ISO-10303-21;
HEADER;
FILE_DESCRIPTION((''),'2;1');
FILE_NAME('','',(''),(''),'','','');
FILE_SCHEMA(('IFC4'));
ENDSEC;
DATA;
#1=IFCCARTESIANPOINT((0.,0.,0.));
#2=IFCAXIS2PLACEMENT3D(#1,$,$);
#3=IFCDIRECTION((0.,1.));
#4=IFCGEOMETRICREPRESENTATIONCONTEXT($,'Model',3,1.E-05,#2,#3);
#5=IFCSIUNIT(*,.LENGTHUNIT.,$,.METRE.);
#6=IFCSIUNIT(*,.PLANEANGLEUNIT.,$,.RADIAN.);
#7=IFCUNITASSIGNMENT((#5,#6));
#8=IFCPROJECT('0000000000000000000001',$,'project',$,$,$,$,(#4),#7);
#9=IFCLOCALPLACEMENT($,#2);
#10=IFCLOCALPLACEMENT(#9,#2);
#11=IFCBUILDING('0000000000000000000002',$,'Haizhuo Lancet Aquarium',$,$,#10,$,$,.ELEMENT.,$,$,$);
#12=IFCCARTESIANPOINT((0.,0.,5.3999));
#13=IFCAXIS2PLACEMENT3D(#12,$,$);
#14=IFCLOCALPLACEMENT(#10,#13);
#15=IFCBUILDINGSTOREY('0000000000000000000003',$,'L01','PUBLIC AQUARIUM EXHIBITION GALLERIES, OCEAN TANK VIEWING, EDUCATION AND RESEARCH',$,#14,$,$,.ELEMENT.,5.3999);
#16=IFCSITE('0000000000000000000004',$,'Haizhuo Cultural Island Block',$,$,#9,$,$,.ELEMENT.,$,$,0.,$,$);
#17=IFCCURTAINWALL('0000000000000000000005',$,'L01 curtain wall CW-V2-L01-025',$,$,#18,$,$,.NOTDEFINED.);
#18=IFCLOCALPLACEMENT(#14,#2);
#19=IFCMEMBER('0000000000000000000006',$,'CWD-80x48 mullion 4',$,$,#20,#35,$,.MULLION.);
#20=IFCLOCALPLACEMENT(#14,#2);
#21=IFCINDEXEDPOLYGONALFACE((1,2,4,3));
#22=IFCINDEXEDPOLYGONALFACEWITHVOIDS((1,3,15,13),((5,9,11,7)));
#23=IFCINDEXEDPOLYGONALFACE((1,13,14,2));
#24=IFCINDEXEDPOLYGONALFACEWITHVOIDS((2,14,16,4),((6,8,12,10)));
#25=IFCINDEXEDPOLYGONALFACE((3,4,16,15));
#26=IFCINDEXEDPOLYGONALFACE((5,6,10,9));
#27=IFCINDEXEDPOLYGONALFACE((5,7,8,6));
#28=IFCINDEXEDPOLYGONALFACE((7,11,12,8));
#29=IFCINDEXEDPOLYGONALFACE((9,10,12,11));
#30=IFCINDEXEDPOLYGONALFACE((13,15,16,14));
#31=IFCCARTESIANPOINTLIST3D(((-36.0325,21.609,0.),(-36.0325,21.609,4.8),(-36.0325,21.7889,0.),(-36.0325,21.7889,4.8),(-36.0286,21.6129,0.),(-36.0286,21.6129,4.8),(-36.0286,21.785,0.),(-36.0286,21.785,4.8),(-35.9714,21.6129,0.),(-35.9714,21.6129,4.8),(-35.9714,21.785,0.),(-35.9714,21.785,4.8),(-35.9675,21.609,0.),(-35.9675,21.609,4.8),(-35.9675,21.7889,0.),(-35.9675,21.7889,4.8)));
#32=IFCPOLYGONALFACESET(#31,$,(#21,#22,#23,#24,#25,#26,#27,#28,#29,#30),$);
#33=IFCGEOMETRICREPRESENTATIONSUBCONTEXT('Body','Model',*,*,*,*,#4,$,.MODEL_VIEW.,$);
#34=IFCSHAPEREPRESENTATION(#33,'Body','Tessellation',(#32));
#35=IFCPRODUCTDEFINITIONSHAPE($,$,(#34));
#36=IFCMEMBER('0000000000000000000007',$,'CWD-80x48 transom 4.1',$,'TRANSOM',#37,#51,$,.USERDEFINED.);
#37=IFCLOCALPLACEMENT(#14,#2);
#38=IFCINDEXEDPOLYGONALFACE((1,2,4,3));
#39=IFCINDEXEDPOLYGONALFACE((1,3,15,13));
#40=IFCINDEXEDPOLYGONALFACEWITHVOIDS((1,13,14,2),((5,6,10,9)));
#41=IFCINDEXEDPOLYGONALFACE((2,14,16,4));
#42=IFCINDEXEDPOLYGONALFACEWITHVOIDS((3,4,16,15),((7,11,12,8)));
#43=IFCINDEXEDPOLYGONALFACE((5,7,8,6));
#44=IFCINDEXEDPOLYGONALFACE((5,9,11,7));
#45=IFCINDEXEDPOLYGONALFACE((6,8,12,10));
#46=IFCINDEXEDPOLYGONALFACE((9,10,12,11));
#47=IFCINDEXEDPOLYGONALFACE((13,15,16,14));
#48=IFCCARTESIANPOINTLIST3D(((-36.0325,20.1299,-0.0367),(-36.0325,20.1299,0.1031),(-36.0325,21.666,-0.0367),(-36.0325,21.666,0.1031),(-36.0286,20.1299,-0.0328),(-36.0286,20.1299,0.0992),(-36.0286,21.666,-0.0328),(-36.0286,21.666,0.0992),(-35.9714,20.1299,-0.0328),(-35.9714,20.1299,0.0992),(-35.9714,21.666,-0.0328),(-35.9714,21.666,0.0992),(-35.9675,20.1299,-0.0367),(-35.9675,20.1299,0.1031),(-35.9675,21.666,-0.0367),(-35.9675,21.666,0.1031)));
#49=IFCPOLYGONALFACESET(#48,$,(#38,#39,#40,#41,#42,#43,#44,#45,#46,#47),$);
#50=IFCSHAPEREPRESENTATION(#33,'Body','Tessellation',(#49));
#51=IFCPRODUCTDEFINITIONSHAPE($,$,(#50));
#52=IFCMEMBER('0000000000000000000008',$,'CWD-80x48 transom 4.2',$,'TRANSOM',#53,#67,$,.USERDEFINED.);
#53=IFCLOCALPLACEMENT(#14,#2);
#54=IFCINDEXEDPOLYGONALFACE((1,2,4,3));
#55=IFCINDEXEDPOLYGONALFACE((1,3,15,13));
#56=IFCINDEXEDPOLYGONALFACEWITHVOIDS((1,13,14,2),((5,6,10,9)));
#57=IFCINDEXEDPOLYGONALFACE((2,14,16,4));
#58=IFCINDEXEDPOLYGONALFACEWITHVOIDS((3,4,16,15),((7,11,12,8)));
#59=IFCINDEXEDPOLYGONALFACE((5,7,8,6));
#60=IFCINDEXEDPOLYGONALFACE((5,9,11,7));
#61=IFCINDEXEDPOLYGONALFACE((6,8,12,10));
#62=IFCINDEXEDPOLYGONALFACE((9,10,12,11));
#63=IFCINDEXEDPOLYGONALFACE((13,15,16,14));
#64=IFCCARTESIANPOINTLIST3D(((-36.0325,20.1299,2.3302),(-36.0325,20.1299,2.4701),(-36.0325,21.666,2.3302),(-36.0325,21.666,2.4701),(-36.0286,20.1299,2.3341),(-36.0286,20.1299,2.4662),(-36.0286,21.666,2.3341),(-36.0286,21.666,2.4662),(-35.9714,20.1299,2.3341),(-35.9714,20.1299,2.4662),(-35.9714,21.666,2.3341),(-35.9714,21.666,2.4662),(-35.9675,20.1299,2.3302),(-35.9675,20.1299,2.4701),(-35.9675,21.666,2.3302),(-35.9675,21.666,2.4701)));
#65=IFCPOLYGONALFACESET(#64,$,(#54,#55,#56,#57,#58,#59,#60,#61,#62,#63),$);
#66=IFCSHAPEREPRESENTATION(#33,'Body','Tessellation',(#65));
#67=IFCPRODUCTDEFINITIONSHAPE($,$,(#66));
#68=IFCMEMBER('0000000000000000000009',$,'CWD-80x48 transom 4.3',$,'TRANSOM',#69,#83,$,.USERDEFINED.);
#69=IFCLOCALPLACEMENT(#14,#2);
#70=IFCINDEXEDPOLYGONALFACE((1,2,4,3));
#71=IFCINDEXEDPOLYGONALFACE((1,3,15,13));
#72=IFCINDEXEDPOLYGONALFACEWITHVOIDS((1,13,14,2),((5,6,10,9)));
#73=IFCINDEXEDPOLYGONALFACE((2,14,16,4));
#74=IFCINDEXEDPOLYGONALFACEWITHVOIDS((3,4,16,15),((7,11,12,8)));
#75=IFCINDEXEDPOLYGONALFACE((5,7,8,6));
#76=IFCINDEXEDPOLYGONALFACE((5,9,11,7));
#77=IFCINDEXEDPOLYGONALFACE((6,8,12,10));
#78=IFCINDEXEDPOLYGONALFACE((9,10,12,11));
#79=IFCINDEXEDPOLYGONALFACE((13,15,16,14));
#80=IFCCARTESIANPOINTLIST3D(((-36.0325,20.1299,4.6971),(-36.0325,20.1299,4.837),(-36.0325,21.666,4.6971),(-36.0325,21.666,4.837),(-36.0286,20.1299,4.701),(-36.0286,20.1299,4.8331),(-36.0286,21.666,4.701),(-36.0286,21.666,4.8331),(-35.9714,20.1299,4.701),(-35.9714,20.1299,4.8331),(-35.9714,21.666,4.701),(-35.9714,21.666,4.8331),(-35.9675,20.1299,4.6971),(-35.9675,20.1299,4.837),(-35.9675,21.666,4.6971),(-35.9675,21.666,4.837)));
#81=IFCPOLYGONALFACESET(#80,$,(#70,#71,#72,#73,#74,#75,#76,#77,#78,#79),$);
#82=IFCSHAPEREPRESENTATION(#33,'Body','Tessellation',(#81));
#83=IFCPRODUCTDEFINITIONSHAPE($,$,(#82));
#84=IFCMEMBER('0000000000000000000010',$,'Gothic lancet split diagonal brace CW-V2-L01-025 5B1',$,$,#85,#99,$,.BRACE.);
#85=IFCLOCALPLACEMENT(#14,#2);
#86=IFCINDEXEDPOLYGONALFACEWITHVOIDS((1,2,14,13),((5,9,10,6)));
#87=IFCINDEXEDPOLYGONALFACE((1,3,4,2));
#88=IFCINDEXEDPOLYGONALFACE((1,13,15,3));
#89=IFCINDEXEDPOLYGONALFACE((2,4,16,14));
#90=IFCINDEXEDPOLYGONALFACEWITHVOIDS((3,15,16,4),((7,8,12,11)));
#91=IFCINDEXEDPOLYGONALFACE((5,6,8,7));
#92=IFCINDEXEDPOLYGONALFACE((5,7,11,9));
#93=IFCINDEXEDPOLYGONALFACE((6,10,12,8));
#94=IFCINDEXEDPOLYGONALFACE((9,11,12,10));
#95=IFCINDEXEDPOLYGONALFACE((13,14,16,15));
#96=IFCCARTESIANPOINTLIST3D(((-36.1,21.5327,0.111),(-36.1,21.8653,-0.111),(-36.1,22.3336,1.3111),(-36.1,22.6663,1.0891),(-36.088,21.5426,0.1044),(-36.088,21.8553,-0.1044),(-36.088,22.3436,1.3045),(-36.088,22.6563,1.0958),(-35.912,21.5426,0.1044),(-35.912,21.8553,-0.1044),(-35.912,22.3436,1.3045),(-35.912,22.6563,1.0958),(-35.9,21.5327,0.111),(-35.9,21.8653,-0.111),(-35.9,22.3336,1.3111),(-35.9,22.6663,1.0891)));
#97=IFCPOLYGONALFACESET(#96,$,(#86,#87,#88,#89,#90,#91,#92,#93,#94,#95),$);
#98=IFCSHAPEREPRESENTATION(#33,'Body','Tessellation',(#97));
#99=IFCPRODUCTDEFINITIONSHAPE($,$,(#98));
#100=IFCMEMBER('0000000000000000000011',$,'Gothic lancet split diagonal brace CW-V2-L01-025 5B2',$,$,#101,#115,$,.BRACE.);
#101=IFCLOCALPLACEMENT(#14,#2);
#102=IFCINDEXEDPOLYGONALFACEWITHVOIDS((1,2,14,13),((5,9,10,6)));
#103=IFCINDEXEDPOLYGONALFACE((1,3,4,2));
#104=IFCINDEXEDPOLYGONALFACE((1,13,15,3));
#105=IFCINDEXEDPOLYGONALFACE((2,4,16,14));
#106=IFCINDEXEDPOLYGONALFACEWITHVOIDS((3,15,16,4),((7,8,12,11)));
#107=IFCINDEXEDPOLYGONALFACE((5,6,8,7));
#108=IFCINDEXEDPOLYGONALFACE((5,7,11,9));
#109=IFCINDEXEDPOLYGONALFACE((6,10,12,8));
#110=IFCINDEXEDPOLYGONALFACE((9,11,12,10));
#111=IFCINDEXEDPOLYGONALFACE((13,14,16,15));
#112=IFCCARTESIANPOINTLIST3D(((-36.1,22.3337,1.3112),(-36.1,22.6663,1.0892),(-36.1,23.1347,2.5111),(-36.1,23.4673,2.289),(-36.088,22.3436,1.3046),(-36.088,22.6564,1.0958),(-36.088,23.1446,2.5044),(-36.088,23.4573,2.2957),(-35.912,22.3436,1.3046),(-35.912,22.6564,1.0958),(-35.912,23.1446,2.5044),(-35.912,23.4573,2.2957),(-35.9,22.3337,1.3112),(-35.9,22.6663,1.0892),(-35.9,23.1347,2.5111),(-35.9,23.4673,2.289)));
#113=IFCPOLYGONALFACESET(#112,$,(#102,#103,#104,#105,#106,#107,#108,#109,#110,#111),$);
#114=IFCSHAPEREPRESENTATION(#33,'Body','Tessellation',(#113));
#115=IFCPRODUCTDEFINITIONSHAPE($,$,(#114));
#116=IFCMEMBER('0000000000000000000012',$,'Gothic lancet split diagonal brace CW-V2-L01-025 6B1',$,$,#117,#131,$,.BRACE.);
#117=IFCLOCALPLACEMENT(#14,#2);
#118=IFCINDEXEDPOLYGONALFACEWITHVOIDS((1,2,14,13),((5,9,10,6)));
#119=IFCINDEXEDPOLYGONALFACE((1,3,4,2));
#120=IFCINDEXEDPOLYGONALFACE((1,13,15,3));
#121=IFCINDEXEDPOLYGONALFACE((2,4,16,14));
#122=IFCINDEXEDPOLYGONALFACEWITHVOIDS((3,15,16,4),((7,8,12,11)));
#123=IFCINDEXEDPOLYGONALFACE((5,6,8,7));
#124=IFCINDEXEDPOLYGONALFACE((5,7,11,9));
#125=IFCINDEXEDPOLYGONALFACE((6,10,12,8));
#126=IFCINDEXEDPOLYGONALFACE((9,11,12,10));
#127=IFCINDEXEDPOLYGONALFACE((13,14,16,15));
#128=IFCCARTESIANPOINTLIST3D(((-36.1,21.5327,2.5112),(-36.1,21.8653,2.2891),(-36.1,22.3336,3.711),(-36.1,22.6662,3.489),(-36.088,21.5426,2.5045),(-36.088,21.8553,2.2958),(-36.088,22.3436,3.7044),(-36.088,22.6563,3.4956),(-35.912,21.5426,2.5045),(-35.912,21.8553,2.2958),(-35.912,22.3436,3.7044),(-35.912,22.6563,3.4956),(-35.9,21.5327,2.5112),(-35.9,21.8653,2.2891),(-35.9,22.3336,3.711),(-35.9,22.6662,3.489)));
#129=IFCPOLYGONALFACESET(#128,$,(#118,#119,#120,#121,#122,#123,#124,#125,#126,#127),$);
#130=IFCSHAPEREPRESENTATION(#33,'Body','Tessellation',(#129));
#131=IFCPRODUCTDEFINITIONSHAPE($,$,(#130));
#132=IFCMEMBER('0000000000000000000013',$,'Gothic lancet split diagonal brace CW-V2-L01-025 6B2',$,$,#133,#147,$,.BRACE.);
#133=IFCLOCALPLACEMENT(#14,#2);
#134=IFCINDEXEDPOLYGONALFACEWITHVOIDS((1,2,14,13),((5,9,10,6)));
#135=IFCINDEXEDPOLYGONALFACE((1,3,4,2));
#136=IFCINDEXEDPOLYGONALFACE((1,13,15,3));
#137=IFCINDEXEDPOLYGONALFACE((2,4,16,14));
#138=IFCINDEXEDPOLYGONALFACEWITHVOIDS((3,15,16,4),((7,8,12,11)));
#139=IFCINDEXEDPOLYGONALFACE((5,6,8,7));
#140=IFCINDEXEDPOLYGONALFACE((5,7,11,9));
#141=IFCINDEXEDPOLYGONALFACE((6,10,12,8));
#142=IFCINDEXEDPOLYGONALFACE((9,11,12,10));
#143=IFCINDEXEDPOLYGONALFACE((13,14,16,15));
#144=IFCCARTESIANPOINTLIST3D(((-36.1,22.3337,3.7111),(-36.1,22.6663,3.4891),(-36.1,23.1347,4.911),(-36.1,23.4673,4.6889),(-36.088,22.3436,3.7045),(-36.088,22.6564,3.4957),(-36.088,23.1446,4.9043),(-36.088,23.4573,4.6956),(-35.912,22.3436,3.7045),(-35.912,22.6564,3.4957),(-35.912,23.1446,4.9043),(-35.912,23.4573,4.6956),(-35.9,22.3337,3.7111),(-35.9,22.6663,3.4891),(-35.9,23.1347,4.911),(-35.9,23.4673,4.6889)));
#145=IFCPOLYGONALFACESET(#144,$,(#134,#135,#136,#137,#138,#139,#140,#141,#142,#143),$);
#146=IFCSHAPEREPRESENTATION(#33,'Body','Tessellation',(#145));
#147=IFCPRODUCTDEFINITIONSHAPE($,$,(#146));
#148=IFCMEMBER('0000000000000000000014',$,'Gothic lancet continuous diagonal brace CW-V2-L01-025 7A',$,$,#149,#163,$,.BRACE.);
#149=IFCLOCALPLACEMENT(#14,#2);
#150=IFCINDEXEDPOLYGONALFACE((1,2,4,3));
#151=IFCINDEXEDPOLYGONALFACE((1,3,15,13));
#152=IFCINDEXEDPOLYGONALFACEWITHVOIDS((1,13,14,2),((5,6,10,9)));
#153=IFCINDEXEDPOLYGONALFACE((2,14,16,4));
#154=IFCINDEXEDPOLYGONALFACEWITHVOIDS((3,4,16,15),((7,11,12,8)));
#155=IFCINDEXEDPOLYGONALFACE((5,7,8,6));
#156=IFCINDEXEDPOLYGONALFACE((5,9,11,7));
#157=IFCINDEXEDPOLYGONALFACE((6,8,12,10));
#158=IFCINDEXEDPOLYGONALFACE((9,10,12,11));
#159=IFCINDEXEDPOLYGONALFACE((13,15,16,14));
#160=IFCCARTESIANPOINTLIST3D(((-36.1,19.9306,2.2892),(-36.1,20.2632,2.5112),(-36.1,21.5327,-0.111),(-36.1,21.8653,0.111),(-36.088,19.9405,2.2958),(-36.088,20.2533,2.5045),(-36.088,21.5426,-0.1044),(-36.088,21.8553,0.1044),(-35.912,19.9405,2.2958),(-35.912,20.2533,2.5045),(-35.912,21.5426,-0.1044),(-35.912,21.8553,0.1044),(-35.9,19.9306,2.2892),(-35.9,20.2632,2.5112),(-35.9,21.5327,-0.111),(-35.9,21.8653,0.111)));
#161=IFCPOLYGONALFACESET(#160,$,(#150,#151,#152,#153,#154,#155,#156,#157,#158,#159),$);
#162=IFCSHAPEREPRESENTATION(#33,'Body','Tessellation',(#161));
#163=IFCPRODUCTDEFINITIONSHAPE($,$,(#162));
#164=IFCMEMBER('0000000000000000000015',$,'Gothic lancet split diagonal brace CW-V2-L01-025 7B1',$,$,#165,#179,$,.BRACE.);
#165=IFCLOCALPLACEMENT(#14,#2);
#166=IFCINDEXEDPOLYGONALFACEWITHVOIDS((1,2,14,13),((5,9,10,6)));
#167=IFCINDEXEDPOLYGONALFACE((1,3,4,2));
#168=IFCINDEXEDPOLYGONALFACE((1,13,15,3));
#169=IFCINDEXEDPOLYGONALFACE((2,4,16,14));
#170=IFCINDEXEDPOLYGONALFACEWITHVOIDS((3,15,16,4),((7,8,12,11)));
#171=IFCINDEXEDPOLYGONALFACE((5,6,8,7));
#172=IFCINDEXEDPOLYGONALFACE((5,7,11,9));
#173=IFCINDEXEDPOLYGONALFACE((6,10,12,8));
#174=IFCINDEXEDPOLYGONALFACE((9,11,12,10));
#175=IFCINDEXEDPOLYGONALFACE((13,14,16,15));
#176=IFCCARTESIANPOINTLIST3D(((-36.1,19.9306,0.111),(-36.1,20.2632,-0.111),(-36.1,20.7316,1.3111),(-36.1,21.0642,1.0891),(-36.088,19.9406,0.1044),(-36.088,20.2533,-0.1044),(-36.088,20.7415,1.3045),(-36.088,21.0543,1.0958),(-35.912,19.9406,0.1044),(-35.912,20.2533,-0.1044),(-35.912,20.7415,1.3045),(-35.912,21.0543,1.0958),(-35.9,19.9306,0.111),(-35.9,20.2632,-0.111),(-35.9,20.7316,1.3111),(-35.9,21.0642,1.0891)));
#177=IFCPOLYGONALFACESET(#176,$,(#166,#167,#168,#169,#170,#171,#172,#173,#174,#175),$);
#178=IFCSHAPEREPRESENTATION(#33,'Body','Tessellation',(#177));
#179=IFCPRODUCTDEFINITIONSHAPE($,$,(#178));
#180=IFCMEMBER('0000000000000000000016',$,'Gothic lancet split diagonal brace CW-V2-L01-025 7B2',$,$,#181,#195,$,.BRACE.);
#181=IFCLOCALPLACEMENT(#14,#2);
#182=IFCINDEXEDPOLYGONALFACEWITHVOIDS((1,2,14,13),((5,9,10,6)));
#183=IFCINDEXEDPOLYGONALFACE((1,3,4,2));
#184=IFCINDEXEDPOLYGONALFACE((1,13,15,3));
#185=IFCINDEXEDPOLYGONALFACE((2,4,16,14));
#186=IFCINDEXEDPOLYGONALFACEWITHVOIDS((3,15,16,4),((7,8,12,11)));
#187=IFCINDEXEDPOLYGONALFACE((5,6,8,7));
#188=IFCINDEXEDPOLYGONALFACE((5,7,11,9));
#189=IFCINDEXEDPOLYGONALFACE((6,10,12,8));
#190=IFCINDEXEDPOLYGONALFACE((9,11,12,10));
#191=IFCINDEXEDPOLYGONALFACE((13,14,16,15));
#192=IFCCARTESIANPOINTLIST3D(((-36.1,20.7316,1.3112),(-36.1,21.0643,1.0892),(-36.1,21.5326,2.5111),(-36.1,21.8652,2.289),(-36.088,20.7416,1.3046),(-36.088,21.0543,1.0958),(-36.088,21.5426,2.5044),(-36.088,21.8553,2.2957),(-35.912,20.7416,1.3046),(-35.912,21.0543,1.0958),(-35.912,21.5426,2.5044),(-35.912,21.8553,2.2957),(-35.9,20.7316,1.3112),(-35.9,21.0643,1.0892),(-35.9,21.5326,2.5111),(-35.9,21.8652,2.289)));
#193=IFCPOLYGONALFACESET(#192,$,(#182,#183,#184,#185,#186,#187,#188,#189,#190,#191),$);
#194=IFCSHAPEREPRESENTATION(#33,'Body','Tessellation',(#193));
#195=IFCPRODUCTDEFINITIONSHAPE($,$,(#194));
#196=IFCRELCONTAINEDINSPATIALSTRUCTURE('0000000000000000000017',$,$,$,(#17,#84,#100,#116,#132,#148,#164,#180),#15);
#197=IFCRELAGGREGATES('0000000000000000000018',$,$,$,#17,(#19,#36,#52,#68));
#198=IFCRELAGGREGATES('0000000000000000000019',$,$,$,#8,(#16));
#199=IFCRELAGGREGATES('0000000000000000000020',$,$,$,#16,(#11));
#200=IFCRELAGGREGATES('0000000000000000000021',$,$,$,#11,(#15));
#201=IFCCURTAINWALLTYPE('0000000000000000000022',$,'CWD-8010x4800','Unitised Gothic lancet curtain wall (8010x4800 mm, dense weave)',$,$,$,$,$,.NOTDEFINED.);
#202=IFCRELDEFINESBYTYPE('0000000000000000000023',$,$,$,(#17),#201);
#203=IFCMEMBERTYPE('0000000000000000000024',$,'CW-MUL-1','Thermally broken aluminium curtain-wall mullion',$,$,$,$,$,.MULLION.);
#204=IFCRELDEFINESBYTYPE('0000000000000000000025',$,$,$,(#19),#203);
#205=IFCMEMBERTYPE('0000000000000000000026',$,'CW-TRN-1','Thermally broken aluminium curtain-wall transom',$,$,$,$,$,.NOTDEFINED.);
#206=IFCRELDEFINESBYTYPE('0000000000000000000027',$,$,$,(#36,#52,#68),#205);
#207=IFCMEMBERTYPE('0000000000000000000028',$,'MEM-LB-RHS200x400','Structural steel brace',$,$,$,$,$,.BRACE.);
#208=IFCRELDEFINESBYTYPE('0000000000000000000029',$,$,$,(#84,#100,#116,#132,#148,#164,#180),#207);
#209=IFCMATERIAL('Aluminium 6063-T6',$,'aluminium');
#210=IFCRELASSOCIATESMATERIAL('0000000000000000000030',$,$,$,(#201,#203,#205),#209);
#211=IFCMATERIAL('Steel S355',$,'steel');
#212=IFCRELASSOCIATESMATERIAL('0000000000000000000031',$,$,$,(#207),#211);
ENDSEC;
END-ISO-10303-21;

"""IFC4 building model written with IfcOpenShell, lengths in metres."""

from ifc_helpers import new_model, si_unit, direction, frame, origin, origin_2d, place, context, subcontext, project, spatial, hollow_rectangle, extrude, material, material_profile, profile_set, type_object, element, aggregate, save


model = new_model("IFC4")

# Units and contexts
model_context = context("Model", 3, precision=1e-05, world=origin(), true_north=direction((0.0, 1.0)))
body_context = subcontext(model_context, "Body", "Model", "MODEL_VIEW")
ifc_project = project(units=[si_unit("LENGTHUNIT", "METRE"), si_unit("PLANEANGLEUNIT", "RADIAN")], contexts=[model_context])

# Site, building, storey
site_placement = place(None, origin())
site = spatial("IfcSite", under=ifc_project, at=site_placement, Name="Haizhuo Cultural Island Block", CompositionType="ELEMENT", RefElevation=0.0)
building_placement = place(site_placement, origin())
building = spatial("IfcBuilding", under=site, at=building_placement, Name="Haizhuo Lancet Aquarium", CompositionType="ELEMENT")
storey_placement = place(building_placement, frame((0.0, 0.0, 5.3999)))
storey = spatial("IfcBuildingStorey", under=building, at=storey_placement, Name="L01", Description="PUBLIC AQUARIUM EXHIBITION GALLERIES, OCEAN TANK VIEWING, EDUCATION AND RESEARCH", CompositionType="ELEMENT", Elevation=5.3999)

# Curtain wall, members
ifc_material_1 = material(Name="Aluminium 6063-T6", Category="aluminium")
curtain_wall_type = type_object("IfcCurtainWallType", Name="CWD-8010x4800", Description="Unitised Gothic lancet curtain wall (8010x4800 mm, dense weave)", PredefinedType="NOTDEFINED", material=ifc_material_1)
curtain_wall_placement = place(storey_placement, origin())
curtain_wall = element("IfcCurtainWall", 1, at=curtain_wall_placement, inside=storey, type_object=curtain_wall_type, Name="L01 curtain wall CW-V2-L01-025", PredefinedType="NOTDEFINED")
ifc_material_profile_1 = material_profile(ifc_material_1, hollow_rectangle(XDim=0.0649, YDim=0.1799, WallThickness=0.0039, at=origin_2d()), Name="ALU-M 65x180x4")
ifc_profile_set_1 = profile_set([ifc_material_profile_1], Name="Aluminium 6063-T6")
member_type_1 = type_object("IfcMemberType", Name="CW-MUL-1", Description="Thermally broken aluminium curtain-wall mullion", PredefinedType="MULLION", material=ifc_profile_set_1)
member_1_placement = place(storey_placement, frame((-36.0, 21.699, 0.0), z_axis=(0.0, 0.0, 1.0), x_axis=(1.0, 0.0, 0.0)))
member_1 = element("IfcMember", 2, at=member_1_placement, type_object=member_type_1, Name="CWD-80x48 mullion 4", PredefinedType="MULLION", context=body_context, shape_type="SweptSolid", body=[
    extrude(hollow_rectangle(XDim=0.0649, YDim=0.1799, WallThickness=0.0039, at=origin_2d()), origin(), (0.0, 0.0, 1.0), 4.8),
])
ifc_material_profile_2 = material_profile(ifc_material_1, hollow_rectangle(XDim=0.0649, YDim=0.1399, WallThickness=0.0039, at=origin_2d()), Name="ALU-T 65x140x4")
ifc_profile_set_2 = profile_set([ifc_material_profile_2], Name="Aluminium 6063-T6")
member_type_2 = type_object("IfcMemberType", Name="CW-TRN-1", Description="Thermally broken aluminium curtain-wall transom", PredefinedType="NOTDEFINED", material=ifc_profile_set_2)
member_2_placement = place(storey_placement, frame((-36.0, 21.666, 0.0332), z_axis=(0.0, -1.0, 0.0), x_axis=(1.0, 0.0, 0.0)))
member_2 = element("IfcMember", 3, at=member_2_placement, type_object=member_type_2, Name="CWD-80x48 transom 4.1", ObjectType="TRANSOM", PredefinedType="USERDEFINED", context=body_context, shape_type="SweptSolid", body=[
    extrude(hollow_rectangle(XDim=0.0649, YDim=0.1399, WallThickness=0.0039, at=origin_2d()), origin(), (0.0, 0.0, 1.0), 1.5361),
])
member_3_placement = place(storey_placement, frame((-36.0, 21.666, 2.4001), z_axis=(0.0, -1.0, 0.0), x_axis=(1.0, 0.0, 0.0)))
member_3 = element("IfcMember", 4, at=member_3_placement, type_object=member_type_2, Name="CWD-80x48 transom 4.2", ObjectType="TRANSOM", PredefinedType="USERDEFINED", context=body_context, shape_type="SweptSolid", body=[
    extrude(hollow_rectangle(XDim=0.0649, YDim=0.1399, WallThickness=0.0039, at=origin_2d()), origin(), (0.0, 0.0, 1.0), 1.5361),
])
member_4_placement = place(storey_placement, frame((-36.0, 21.666, 4.7671), z_axis=(0.0, -1.0, 0.0), x_axis=(1.0, 0.0, 0.0)))
member_4 = element("IfcMember", 5, at=member_4_placement, type_object=member_type_2, Name="CWD-80x48 transom 4.3", ObjectType="TRANSOM", PredefinedType="USERDEFINED", context=body_context, shape_type="SweptSolid", body=[
    extrude(hollow_rectangle(XDim=0.0649, YDim=0.1399, WallThickness=0.0039, at=origin_2d()), origin(), (0.0, 0.0, 1.0), 1.5361),
])

# Members
ifc_material_2 = material(Name="Steel S355", Category="steel")
ifc_material_profile_3 = material_profile(ifc_material_2, hollow_rectangle(XDim=0.2, YDim=0.3999, WallThickness=0.012, at=origin_2d()), Name="RHS 200x400x12")
ifc_profile_set_3 = profile_set([ifc_material_profile_3], Name="Steel S355")
member_type_3 = type_object("IfcMemberType", Name="MEM-LB-RHS200x400", Description="Structural steel brace", PredefinedType="BRACE", material=ifc_profile_set_3)
member_5_placement = place(storey_placement, frame((-36.0, 21.699, 0.0), z_axis=(0.0, 0.55513, 0.831764), x_axis=(-1.0, 0.0, 0.0)))
element("IfcMember", 6, at=member_5_placement, inside=storey, type_object=member_type_3, Name="Gothic lancet split diagonal brace CW-V2-L01-025 5B1", PredefinedType="BRACE", context=body_context, shape_type="SweptSolid", body=[
    extrude(hollow_rectangle(XDim=0.2, YDim=0.3999, WallThickness=0.012, at=origin_2d()), origin(), (0.0, 0.0, 1.0), 1.4429),
])
for number, where, z_axis, x_axis, name in (
    (7, (-36.0, 22.5, 1.2002), (0.0, 0.555208, 0.831712), (-1.0, 0.0, 0.0), "Gothic lancet split diagonal brace CW-V2-L01-025 5B2"),
    (8, (-36.0, 21.699, 2.4001), (0.0, 0.555208, 0.831712), (-1.0, 0.0, 0.0), "Gothic lancet split diagonal brace CW-V2-L01-025 6B1"),
    (9, (-36.0, 22.5, 3.6001), (0.0, 0.555208, 0.831712), (-1.0, 0.0, 0.0), "Gothic lancet split diagonal brace CW-V2-L01-025 6B2"),
):
    element("IfcMember", number, at=place(storey_placement, frame(where, z_axis=z_axis, x_axis=x_axis)), inside=storey, type_object=member_type_3, Name=name, PredefinedType="BRACE", context=body_context, shape_type="SweptSolid", body=[
        extrude(hollow_rectangle(XDim=0.2, YDim=0.3999, WallThickness=0.012, at=origin_2d()), origin(), (0.0, 0.0, 1.0), 1.4426),
    ])
member_6_placement = place(storey_placement, frame((-36.0, 21.699, 0.0), z_axis=(0.0, -0.555169, 0.831738), x_axis=(1.0, 0.0, 0.0)))
element("IfcMember", 10, at=member_6_placement, inside=storey, type_object=member_type_3, Name="Gothic lancet continuous diagonal brace CW-V2-L01-025 7A", PredefinedType="BRACE", context=body_context, shape_type="SweptSolid", body=[
    extrude(hollow_rectangle(XDim=0.2, YDim=0.3999, WallThickness=0.012, at=origin_2d()), origin(), (0.0, 0.0, 1.0), 2.8857),
])
member_7_placement = place(storey_placement, frame((-36.0, 20.0969, 0.0), z_axis=(0.0, 0.55513, 0.831764), x_axis=(-1.0, 0.0, 0.0)))
element("IfcMember", 11, at=member_7_placement, inside=storey, type_object=member_type_3, Name="Gothic lancet split diagonal brace CW-V2-L01-025 7B1", PredefinedType="BRACE", context=body_context, shape_type="SweptSolid", body=[
    extrude(hollow_rectangle(XDim=0.2, YDim=0.3999, WallThickness=0.012, at=origin_2d()), origin(), (0.0, 0.0, 1.0), 1.4429),
])
member_8_placement = place(storey_placement, frame((-36.0, 20.8979, 1.2002), z_axis=(0.0, 0.555208, 0.831712), x_axis=(-1.0, 0.0, 0.0)))
element("IfcMember", 12, at=member_8_placement, inside=storey, type_object=member_type_3, Name="Gothic lancet split diagonal brace CW-V2-L01-025 7B2", PredefinedType="BRACE", context=body_context, shape_type="SweptSolid", body=[
    extrude(hollow_rectangle(XDim=0.2, YDim=0.3999, WallThickness=0.012, at=origin_2d()), origin(), (0.0, 0.0, 1.0), 1.4426),
])

aggregate(curtain_wall, [member_1, member_2, member_3, member_4])

save(model, "model.ifc")
